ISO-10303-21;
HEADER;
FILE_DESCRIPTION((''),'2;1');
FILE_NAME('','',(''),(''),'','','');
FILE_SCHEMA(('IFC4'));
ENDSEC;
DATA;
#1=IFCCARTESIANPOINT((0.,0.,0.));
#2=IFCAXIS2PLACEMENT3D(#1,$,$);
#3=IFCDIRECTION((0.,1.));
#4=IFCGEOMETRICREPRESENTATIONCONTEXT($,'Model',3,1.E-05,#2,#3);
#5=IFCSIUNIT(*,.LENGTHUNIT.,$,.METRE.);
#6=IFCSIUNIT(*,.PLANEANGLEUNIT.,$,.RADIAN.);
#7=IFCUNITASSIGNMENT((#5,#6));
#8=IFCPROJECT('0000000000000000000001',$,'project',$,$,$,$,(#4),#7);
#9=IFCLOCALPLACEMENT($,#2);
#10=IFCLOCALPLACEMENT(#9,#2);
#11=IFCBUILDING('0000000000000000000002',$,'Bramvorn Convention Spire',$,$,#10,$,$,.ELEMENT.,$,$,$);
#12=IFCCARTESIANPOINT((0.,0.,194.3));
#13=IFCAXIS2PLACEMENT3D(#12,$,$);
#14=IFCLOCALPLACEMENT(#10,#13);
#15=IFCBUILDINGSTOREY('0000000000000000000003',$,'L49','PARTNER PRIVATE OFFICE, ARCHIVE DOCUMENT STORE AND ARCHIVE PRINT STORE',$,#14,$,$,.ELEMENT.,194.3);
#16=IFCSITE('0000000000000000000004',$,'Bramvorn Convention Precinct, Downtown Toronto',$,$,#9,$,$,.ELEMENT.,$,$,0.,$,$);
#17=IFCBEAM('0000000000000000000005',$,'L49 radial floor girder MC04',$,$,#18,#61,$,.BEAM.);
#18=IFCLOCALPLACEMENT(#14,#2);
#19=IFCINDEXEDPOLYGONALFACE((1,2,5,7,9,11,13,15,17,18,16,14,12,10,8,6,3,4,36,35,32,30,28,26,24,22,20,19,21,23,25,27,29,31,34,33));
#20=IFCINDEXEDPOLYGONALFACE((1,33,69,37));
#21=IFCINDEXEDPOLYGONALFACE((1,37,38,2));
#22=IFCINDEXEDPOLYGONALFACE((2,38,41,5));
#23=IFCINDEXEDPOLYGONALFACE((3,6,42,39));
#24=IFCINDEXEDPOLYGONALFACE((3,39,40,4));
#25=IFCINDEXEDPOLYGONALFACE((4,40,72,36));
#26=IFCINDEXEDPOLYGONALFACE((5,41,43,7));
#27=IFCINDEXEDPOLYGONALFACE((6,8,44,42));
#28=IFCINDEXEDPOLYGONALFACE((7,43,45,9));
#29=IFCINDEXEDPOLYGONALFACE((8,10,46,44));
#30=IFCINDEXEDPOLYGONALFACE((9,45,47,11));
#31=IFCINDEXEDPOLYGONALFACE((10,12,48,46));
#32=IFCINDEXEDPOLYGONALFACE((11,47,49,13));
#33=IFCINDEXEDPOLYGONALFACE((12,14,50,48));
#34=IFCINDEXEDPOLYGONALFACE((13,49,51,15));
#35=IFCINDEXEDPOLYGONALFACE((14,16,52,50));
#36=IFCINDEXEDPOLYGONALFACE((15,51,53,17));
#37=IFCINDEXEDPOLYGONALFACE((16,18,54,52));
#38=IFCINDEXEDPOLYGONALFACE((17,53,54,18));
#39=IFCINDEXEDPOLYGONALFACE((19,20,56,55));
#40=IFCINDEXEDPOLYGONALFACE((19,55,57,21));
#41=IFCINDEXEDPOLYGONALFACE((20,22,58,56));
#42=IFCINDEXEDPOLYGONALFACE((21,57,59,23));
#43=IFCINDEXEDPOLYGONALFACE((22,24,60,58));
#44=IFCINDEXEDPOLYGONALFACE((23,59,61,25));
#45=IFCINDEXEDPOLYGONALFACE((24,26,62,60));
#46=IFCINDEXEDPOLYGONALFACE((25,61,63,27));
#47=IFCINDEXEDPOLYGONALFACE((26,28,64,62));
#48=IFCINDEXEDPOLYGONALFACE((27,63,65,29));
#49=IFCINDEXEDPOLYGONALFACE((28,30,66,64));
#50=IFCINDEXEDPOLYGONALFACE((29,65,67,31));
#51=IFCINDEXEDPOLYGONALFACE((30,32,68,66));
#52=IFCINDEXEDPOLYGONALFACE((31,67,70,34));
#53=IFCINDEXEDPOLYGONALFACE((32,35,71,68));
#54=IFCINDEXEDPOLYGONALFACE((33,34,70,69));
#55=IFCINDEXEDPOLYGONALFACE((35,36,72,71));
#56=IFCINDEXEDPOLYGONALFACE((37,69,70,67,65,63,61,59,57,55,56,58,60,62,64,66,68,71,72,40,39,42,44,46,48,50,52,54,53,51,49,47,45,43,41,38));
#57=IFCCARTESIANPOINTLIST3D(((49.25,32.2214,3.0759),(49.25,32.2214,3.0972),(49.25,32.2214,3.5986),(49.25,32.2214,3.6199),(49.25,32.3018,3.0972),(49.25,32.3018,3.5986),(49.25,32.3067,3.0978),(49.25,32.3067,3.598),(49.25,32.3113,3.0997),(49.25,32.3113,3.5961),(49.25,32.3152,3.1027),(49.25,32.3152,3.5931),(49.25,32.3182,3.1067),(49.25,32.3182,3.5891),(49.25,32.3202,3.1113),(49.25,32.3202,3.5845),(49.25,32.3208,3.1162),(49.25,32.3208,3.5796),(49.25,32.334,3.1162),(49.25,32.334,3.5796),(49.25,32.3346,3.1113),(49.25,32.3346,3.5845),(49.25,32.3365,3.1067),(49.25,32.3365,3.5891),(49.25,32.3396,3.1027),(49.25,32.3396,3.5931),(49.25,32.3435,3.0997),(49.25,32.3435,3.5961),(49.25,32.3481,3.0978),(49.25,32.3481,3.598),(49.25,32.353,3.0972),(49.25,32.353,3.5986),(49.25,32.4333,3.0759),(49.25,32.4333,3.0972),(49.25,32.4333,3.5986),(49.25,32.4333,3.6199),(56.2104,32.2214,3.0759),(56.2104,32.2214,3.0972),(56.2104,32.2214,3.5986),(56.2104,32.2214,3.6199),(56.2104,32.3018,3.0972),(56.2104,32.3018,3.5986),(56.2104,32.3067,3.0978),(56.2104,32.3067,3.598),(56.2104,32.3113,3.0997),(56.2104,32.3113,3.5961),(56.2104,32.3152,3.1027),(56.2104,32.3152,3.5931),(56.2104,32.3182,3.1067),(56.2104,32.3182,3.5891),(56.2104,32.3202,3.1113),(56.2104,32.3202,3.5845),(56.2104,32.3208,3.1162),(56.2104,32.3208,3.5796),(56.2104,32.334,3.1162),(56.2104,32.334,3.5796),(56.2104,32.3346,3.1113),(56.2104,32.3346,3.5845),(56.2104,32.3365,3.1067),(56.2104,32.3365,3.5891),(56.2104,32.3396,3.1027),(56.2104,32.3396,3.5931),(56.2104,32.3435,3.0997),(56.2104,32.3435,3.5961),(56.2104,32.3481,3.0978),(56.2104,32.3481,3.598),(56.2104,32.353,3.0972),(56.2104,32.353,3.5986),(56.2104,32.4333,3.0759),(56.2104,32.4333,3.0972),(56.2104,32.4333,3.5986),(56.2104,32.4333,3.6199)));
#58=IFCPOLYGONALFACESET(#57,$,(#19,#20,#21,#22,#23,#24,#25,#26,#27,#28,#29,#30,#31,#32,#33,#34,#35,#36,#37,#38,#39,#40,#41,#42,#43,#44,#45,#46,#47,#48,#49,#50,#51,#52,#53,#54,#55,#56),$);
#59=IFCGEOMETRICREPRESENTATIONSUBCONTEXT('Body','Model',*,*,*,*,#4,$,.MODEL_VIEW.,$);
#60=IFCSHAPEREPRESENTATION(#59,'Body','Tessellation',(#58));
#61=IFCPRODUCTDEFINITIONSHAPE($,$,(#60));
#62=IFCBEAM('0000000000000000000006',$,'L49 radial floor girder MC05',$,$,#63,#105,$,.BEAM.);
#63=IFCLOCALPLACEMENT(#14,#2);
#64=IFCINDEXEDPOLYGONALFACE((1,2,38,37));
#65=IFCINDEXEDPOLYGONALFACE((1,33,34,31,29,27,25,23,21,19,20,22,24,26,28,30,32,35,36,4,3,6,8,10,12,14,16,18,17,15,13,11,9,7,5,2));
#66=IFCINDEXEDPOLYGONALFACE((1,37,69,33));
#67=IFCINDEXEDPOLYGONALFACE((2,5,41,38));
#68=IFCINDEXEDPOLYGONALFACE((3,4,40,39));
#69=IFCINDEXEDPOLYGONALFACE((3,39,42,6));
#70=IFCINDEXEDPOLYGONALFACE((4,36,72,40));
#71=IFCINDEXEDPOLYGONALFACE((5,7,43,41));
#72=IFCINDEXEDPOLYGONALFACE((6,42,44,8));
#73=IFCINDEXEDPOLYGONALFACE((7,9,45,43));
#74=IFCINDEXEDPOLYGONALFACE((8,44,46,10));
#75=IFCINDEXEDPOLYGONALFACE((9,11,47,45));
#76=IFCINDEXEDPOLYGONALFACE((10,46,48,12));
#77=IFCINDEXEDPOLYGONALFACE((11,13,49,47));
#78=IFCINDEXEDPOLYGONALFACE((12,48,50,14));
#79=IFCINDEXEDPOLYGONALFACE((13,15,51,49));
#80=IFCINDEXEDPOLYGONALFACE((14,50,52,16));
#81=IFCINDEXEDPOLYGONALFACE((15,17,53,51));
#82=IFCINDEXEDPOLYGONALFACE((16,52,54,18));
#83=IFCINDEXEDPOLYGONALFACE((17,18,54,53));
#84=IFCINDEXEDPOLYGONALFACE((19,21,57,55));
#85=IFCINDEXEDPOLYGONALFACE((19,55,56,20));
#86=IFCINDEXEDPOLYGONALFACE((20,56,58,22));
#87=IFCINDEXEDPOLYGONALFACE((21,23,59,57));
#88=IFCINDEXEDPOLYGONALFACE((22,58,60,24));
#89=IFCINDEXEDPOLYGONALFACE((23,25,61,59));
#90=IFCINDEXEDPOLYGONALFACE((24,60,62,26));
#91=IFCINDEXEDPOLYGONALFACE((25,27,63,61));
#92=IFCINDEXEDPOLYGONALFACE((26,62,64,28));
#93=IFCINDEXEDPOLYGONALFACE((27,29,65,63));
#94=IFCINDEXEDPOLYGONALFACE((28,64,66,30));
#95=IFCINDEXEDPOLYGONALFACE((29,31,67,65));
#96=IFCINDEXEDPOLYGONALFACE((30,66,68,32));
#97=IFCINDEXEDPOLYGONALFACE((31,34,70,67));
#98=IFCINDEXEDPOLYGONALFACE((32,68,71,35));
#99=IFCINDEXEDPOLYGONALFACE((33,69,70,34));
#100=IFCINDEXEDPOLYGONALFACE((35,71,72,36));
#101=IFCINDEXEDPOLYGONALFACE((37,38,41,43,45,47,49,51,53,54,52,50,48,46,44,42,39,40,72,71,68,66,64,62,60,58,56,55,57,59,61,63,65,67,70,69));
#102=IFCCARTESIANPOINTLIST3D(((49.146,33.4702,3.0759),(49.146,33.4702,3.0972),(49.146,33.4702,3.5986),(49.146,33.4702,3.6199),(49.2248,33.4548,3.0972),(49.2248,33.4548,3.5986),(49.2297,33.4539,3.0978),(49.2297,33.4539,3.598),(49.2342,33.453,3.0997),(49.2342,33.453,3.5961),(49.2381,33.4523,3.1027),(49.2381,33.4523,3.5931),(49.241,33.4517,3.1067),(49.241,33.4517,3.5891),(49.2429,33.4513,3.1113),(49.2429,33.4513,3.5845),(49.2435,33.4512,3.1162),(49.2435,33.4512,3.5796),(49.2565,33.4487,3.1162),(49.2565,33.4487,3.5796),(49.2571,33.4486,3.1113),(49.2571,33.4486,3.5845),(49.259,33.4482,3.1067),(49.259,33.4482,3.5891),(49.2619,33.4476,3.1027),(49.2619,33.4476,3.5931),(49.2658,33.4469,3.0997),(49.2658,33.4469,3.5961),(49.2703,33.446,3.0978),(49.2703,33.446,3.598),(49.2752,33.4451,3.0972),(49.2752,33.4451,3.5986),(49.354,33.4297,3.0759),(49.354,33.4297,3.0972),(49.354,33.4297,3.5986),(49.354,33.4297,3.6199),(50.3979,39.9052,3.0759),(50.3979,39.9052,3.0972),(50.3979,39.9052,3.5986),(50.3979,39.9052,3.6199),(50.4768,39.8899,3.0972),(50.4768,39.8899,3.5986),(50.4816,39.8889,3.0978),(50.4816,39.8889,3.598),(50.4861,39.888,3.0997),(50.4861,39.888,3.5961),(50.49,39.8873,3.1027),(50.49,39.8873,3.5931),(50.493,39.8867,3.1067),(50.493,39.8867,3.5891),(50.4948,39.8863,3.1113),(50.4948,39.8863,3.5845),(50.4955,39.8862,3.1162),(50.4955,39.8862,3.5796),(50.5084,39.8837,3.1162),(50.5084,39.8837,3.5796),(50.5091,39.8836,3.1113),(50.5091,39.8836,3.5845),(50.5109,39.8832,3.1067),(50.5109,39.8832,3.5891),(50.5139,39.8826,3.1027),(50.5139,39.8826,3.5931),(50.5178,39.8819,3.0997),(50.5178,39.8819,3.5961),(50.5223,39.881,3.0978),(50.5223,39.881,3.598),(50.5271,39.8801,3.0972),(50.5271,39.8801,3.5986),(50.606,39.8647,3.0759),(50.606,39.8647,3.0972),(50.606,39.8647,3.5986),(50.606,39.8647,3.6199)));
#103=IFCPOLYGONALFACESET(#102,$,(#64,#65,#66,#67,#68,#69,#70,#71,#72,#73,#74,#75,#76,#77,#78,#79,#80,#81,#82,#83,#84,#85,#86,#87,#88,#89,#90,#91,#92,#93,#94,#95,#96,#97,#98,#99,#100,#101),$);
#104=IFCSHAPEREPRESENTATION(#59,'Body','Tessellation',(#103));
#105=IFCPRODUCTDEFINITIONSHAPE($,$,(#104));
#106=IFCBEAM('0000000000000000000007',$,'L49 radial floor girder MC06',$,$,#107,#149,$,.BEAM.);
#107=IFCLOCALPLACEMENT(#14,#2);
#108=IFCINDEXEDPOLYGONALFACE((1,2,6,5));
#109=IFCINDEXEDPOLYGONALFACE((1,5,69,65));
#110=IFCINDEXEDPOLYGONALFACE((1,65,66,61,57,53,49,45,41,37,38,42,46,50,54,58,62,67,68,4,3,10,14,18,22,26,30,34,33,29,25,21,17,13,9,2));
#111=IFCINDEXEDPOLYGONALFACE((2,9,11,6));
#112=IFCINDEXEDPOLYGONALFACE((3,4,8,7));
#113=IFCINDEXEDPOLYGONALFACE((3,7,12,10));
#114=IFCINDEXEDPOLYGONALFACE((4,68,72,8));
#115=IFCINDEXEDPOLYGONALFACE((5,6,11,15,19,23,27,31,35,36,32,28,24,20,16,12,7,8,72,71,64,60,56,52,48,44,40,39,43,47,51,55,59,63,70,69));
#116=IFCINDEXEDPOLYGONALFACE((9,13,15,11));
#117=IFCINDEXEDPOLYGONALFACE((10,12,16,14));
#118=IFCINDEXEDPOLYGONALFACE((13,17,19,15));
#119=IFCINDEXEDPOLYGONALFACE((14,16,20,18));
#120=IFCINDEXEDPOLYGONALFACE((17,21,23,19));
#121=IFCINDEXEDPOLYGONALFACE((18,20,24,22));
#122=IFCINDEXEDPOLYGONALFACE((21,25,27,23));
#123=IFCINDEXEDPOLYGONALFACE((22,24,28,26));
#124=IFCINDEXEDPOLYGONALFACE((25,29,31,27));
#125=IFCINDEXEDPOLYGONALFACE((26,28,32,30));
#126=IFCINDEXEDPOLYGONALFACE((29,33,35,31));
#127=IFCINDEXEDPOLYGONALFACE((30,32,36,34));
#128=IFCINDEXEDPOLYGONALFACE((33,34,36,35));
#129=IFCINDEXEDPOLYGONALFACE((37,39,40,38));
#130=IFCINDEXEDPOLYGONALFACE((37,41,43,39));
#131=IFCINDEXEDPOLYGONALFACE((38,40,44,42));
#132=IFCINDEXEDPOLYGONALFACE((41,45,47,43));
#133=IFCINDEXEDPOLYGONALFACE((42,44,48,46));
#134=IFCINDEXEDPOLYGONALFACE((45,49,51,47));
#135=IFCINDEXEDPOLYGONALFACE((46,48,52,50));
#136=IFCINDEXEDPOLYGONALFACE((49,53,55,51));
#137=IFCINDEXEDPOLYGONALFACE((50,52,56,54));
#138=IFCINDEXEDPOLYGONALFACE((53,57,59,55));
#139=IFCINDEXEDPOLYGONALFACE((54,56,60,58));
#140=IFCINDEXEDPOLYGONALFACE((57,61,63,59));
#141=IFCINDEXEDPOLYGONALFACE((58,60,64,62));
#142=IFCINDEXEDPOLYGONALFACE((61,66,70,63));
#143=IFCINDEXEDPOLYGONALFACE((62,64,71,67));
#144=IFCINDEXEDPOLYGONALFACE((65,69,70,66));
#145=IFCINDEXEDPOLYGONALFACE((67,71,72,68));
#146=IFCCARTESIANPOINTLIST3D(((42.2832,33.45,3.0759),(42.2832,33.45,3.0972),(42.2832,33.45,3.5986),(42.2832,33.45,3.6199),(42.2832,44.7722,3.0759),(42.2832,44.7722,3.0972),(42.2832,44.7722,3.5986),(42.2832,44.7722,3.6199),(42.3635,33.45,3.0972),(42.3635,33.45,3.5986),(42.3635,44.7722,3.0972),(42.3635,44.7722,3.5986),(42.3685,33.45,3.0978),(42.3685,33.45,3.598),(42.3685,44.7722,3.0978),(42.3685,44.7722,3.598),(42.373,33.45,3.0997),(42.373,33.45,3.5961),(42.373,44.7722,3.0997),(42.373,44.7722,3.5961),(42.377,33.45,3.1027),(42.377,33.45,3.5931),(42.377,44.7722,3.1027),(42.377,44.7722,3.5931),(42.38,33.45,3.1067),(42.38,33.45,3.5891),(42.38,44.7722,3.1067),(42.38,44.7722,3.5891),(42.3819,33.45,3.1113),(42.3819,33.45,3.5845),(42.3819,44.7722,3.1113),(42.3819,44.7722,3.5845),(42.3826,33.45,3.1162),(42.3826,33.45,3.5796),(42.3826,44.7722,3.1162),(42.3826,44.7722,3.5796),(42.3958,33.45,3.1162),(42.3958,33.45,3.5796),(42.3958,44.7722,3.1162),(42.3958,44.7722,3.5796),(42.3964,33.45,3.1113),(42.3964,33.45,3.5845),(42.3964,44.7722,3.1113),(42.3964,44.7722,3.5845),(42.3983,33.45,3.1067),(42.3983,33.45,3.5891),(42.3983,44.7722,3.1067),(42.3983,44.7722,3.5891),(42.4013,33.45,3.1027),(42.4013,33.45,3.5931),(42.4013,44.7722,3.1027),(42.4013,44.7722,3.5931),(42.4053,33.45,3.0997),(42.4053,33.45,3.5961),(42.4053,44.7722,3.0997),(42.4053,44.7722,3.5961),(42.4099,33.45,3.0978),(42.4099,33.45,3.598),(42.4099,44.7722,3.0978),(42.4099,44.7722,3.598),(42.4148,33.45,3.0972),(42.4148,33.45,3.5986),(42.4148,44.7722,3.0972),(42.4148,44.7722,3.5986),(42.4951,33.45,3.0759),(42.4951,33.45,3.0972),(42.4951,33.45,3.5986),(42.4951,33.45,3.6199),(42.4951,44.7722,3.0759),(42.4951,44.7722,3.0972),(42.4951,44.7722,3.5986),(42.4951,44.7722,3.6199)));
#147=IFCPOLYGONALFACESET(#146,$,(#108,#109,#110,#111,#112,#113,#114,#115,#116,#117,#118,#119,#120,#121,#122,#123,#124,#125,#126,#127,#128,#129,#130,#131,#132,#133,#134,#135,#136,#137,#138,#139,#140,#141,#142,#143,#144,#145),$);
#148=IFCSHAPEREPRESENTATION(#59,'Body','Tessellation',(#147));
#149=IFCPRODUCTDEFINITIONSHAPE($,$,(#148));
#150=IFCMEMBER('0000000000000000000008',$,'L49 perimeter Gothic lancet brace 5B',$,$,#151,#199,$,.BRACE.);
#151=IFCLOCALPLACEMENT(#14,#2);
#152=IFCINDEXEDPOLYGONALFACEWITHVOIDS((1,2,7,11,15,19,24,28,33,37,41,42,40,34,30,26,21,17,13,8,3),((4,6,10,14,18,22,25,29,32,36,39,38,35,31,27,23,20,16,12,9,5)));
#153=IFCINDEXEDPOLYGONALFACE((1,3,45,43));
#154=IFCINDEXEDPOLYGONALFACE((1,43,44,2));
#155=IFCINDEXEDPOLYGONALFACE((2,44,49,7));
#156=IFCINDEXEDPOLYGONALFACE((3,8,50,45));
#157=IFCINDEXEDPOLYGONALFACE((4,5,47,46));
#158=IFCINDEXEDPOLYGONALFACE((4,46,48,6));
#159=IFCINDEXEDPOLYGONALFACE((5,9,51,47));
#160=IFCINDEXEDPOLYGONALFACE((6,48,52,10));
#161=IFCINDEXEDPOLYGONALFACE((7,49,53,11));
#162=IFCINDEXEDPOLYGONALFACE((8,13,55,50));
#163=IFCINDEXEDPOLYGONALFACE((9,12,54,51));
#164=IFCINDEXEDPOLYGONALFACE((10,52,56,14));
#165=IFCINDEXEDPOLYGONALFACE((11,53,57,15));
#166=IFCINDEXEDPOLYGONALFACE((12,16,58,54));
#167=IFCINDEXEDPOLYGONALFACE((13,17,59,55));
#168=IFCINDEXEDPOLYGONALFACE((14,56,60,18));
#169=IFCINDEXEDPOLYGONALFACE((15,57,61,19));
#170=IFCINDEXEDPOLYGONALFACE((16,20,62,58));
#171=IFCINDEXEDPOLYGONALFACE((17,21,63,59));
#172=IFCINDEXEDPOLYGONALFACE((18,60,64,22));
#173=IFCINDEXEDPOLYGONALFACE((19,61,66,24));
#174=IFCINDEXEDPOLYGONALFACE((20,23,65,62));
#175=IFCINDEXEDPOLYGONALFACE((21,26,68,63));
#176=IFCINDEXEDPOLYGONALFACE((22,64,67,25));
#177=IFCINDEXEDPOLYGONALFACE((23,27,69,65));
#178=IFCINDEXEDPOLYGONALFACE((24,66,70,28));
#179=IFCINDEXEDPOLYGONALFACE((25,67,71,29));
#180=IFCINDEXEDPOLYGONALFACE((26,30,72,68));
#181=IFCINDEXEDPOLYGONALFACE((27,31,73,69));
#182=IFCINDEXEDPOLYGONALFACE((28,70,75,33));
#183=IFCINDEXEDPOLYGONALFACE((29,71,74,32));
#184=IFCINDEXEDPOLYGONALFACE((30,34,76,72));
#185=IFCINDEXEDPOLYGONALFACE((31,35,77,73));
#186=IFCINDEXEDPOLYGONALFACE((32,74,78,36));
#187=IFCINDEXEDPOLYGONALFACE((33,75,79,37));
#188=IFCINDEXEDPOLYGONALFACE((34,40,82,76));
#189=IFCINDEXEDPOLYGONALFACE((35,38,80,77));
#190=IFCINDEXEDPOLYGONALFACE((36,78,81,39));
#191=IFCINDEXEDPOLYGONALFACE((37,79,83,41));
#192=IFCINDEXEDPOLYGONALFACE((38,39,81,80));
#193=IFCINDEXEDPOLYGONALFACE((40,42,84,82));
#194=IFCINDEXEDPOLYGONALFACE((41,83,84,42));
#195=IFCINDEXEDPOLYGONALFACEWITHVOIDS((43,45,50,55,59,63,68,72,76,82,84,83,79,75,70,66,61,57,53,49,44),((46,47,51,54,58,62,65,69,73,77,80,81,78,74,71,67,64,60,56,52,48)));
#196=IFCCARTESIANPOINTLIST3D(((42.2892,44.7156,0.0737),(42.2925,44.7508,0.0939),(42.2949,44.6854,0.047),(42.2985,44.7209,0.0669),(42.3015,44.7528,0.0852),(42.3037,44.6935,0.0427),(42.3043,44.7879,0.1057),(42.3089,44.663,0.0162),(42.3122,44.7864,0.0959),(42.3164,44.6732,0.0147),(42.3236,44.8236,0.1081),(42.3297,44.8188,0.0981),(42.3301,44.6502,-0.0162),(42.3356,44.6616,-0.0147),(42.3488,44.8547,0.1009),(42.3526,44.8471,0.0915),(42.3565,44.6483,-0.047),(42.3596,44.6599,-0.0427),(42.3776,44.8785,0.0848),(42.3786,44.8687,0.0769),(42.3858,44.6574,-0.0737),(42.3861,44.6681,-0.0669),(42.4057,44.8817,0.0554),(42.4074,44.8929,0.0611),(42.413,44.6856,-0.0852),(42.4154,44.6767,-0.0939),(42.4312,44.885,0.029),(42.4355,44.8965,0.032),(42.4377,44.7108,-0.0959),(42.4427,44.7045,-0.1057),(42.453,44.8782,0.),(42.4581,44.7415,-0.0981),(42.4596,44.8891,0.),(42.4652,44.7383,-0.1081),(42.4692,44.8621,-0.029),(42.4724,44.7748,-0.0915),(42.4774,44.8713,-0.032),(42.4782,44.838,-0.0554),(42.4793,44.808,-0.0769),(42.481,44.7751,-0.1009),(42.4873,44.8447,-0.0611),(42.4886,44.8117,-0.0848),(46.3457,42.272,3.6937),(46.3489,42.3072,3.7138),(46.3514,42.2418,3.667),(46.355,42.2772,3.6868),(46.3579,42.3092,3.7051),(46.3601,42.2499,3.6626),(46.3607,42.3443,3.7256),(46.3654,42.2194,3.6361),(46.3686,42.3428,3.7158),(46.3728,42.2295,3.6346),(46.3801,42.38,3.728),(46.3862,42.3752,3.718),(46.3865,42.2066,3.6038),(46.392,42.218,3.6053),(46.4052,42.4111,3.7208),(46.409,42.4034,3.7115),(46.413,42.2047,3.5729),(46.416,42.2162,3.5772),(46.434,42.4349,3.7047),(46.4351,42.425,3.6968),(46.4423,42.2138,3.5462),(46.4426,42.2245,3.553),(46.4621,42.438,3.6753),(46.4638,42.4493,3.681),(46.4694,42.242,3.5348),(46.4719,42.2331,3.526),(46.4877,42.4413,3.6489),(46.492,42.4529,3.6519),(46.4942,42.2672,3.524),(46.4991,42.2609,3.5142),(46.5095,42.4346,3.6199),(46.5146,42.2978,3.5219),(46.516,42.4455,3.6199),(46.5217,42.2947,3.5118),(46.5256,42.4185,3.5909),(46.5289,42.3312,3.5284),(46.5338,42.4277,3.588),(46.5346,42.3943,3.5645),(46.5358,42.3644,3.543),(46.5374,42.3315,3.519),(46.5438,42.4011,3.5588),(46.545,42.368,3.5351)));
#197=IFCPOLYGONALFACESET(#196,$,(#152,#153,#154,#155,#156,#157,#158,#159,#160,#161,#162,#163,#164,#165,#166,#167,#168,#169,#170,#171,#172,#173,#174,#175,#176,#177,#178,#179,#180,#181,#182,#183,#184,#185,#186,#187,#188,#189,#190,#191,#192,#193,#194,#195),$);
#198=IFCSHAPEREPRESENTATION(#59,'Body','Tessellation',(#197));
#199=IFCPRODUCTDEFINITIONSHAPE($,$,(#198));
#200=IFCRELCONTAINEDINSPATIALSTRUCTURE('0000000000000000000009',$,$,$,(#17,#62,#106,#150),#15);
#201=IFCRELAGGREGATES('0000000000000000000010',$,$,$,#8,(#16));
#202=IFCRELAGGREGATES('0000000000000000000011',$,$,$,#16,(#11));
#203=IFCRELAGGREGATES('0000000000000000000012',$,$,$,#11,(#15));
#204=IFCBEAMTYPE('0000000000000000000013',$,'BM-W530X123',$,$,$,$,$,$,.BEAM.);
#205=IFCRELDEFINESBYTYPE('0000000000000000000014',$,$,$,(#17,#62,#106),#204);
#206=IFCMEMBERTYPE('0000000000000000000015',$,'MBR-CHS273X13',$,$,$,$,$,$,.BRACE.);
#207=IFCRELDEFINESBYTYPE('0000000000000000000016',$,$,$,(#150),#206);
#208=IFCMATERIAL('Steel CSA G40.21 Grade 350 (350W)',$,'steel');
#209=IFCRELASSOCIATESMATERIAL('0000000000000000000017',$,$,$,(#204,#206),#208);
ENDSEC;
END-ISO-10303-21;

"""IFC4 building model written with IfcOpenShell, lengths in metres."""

from ifc_helpers import new_model, si_unit, direction, frame, origin, origin_2d, place, context, subcontext, project, spatial, hollow_circle, i_section, extrude, material, material_profile, profile_set, type_object, element, save


model = new_model("IFC4")

# Units and contexts
model_context = context("Model", 3, precision=1e-05, world=origin(), true_north=direction((0.0, 1.0)))
body_context = subcontext(model_context, "Body", "Model", "MODEL_VIEW")
ifc_project = project(units=[si_unit("LENGTHUNIT", "METRE"), si_unit("PLANEANGLEUNIT", "RADIAN")], contexts=[model_context])

# Site, building, storey
site_placement = place(None, origin())
site = spatial("IfcSite", under=ifc_project, at=site_placement, Name="Bramvorn Convention Precinct, Downtown Toronto", CompositionType="ELEMENT", RefElevation=0.0)
building_placement = place(site_placement, origin())
building = spatial("IfcBuilding", under=site, at=building_placement, Name="Bramvorn Convention Spire", CompositionType="ELEMENT")
storey_placement = place(building_placement, frame((0.0, 0.0, 194.3)))
storey = spatial("IfcBuildingStorey", under=building, at=storey_placement, Name="L49", Description="PARTNER PRIVATE OFFICE, ARCHIVE DOCUMENT STORE AND ARCHIVE PRINT STORE", CompositionType="ELEMENT", Elevation=194.3)

# Shared definitions
ifc_material_1 = material(Name="Steel CSA G40.21 Grade 350 (350W)", Category="steel")

# Beams
ifc_material_profile_1 = material_profile(ifc_material_1, i_section(OverallWidth=0.2119, OverallDepth=0.5439, WebThickness=0.0132, FlangeThickness=0.0212, FilletRadius=0.019, at=origin_2d()))
ifc_profile_set_1 = profile_set([ifc_material_profile_1], Name="Steel CSA G40.21 Grade 350 (350W) - W530X123")
beam_type_1 = type_object("IfcBeamType", Name="BM-W530X123", PredefinedType="BEAM", material=ifc_profile_set_1)
beam_1_placement = place(storey_placement, frame((49.25, 32.3274, 3.3479), z_axis=(1.0, 0.0, 0.0), x_axis=(0.0, 1.0, 0.0)))
element("IfcBeam", 1, at=beam_1_placement, inside=storey, type_object=beam_type_1, Name="L49 radial floor girder MC04", PredefinedType="BEAM", context=body_context, shape_type="SweptSolid", body=[
    extrude(i_section(OverallWidth=0.2119, OverallDepth=0.5439, WebThickness=0.0132, FlangeThickness=0.0212, FilletRadius=0.019, at=origin_2d()), origin(), (0.0, 0.0, 1.0), 6.9604),
])
beam_2_placement = place(storey_placement, frame((49.25, 33.45, 3.3479), z_axis=(0.190971, 0.981596, 0.0), x_axis=(-0.981596, 0.190971, 0.0)))
element("IfcBeam", 2, at=beam_2_placement, inside=storey, type_object=beam_type_1, Name="L49 radial floor girder MC05", PredefinedType="BEAM", context=body_context, shape_type="SweptSolid", body=[
    extrude(i_section(OverallWidth=0.2119, OverallDepth=0.5439, WebThickness=0.0132, FlangeThickness=0.0212, FilletRadius=0.019, at=origin_2d()), origin(), (0.0, 0.0, 1.0), 6.5557),
])
beam_3_placement = place(storey_placement, frame((42.3892, 33.45, 3.3479), z_axis=(0.0, 1.0, 0.0), x_axis=(-1.0, 0.0, 0.0)))
element("IfcBeam", 3, at=beam_3_placement, inside=storey, type_object=beam_type_1, Name="L49 radial floor girder MC06", PredefinedType="BEAM", context=body_context, shape_type="SweptSolid", body=[
    extrude(i_section(OverallWidth=0.2119, OverallDepth=0.5439, WebThickness=0.0132, FlangeThickness=0.0212, FilletRadius=0.019, at=origin_2d()), origin(), (0.0, 0.0, 1.0), 11.3223),
])

# Member
ifc_material_profile_2 = material_profile(ifc_material_1, hollow_circle(Radius=0.1365, WallThickness=0.0127, at=origin_2d()))
ifc_profile_set_2 = profile_set([ifc_material_profile_2], Name="Steel CSA G40.21 Grade 350 (350W) - CHS273X13")
member_type = type_object("IfcMemberType", Name="MBR-CHS273X13", PredefinedType="BRACE", material=ifc_profile_set_2)
member_placement = place(storey_placement, frame((42.3892, 44.7722, 0.0), z_axis=(0.680532, -0.409958, 0.607298), x_axis=(0.516011, 0.856582, 0.0)))
element("IfcMember", 4, at=member_placement, inside=storey, type_object=member_type, Name="L49 perimeter Gothic lancet brace 5B", PredefinedType="BRACE", context=body_context, shape_type="SweptSolid", body=[
    extrude(hollow_circle(Radius=0.1365, WallThickness=0.0127, at=origin_2d()), origin(), (0.0, 0.0, 1.0), 5.9607),
])

save(model, "model.ifc")
